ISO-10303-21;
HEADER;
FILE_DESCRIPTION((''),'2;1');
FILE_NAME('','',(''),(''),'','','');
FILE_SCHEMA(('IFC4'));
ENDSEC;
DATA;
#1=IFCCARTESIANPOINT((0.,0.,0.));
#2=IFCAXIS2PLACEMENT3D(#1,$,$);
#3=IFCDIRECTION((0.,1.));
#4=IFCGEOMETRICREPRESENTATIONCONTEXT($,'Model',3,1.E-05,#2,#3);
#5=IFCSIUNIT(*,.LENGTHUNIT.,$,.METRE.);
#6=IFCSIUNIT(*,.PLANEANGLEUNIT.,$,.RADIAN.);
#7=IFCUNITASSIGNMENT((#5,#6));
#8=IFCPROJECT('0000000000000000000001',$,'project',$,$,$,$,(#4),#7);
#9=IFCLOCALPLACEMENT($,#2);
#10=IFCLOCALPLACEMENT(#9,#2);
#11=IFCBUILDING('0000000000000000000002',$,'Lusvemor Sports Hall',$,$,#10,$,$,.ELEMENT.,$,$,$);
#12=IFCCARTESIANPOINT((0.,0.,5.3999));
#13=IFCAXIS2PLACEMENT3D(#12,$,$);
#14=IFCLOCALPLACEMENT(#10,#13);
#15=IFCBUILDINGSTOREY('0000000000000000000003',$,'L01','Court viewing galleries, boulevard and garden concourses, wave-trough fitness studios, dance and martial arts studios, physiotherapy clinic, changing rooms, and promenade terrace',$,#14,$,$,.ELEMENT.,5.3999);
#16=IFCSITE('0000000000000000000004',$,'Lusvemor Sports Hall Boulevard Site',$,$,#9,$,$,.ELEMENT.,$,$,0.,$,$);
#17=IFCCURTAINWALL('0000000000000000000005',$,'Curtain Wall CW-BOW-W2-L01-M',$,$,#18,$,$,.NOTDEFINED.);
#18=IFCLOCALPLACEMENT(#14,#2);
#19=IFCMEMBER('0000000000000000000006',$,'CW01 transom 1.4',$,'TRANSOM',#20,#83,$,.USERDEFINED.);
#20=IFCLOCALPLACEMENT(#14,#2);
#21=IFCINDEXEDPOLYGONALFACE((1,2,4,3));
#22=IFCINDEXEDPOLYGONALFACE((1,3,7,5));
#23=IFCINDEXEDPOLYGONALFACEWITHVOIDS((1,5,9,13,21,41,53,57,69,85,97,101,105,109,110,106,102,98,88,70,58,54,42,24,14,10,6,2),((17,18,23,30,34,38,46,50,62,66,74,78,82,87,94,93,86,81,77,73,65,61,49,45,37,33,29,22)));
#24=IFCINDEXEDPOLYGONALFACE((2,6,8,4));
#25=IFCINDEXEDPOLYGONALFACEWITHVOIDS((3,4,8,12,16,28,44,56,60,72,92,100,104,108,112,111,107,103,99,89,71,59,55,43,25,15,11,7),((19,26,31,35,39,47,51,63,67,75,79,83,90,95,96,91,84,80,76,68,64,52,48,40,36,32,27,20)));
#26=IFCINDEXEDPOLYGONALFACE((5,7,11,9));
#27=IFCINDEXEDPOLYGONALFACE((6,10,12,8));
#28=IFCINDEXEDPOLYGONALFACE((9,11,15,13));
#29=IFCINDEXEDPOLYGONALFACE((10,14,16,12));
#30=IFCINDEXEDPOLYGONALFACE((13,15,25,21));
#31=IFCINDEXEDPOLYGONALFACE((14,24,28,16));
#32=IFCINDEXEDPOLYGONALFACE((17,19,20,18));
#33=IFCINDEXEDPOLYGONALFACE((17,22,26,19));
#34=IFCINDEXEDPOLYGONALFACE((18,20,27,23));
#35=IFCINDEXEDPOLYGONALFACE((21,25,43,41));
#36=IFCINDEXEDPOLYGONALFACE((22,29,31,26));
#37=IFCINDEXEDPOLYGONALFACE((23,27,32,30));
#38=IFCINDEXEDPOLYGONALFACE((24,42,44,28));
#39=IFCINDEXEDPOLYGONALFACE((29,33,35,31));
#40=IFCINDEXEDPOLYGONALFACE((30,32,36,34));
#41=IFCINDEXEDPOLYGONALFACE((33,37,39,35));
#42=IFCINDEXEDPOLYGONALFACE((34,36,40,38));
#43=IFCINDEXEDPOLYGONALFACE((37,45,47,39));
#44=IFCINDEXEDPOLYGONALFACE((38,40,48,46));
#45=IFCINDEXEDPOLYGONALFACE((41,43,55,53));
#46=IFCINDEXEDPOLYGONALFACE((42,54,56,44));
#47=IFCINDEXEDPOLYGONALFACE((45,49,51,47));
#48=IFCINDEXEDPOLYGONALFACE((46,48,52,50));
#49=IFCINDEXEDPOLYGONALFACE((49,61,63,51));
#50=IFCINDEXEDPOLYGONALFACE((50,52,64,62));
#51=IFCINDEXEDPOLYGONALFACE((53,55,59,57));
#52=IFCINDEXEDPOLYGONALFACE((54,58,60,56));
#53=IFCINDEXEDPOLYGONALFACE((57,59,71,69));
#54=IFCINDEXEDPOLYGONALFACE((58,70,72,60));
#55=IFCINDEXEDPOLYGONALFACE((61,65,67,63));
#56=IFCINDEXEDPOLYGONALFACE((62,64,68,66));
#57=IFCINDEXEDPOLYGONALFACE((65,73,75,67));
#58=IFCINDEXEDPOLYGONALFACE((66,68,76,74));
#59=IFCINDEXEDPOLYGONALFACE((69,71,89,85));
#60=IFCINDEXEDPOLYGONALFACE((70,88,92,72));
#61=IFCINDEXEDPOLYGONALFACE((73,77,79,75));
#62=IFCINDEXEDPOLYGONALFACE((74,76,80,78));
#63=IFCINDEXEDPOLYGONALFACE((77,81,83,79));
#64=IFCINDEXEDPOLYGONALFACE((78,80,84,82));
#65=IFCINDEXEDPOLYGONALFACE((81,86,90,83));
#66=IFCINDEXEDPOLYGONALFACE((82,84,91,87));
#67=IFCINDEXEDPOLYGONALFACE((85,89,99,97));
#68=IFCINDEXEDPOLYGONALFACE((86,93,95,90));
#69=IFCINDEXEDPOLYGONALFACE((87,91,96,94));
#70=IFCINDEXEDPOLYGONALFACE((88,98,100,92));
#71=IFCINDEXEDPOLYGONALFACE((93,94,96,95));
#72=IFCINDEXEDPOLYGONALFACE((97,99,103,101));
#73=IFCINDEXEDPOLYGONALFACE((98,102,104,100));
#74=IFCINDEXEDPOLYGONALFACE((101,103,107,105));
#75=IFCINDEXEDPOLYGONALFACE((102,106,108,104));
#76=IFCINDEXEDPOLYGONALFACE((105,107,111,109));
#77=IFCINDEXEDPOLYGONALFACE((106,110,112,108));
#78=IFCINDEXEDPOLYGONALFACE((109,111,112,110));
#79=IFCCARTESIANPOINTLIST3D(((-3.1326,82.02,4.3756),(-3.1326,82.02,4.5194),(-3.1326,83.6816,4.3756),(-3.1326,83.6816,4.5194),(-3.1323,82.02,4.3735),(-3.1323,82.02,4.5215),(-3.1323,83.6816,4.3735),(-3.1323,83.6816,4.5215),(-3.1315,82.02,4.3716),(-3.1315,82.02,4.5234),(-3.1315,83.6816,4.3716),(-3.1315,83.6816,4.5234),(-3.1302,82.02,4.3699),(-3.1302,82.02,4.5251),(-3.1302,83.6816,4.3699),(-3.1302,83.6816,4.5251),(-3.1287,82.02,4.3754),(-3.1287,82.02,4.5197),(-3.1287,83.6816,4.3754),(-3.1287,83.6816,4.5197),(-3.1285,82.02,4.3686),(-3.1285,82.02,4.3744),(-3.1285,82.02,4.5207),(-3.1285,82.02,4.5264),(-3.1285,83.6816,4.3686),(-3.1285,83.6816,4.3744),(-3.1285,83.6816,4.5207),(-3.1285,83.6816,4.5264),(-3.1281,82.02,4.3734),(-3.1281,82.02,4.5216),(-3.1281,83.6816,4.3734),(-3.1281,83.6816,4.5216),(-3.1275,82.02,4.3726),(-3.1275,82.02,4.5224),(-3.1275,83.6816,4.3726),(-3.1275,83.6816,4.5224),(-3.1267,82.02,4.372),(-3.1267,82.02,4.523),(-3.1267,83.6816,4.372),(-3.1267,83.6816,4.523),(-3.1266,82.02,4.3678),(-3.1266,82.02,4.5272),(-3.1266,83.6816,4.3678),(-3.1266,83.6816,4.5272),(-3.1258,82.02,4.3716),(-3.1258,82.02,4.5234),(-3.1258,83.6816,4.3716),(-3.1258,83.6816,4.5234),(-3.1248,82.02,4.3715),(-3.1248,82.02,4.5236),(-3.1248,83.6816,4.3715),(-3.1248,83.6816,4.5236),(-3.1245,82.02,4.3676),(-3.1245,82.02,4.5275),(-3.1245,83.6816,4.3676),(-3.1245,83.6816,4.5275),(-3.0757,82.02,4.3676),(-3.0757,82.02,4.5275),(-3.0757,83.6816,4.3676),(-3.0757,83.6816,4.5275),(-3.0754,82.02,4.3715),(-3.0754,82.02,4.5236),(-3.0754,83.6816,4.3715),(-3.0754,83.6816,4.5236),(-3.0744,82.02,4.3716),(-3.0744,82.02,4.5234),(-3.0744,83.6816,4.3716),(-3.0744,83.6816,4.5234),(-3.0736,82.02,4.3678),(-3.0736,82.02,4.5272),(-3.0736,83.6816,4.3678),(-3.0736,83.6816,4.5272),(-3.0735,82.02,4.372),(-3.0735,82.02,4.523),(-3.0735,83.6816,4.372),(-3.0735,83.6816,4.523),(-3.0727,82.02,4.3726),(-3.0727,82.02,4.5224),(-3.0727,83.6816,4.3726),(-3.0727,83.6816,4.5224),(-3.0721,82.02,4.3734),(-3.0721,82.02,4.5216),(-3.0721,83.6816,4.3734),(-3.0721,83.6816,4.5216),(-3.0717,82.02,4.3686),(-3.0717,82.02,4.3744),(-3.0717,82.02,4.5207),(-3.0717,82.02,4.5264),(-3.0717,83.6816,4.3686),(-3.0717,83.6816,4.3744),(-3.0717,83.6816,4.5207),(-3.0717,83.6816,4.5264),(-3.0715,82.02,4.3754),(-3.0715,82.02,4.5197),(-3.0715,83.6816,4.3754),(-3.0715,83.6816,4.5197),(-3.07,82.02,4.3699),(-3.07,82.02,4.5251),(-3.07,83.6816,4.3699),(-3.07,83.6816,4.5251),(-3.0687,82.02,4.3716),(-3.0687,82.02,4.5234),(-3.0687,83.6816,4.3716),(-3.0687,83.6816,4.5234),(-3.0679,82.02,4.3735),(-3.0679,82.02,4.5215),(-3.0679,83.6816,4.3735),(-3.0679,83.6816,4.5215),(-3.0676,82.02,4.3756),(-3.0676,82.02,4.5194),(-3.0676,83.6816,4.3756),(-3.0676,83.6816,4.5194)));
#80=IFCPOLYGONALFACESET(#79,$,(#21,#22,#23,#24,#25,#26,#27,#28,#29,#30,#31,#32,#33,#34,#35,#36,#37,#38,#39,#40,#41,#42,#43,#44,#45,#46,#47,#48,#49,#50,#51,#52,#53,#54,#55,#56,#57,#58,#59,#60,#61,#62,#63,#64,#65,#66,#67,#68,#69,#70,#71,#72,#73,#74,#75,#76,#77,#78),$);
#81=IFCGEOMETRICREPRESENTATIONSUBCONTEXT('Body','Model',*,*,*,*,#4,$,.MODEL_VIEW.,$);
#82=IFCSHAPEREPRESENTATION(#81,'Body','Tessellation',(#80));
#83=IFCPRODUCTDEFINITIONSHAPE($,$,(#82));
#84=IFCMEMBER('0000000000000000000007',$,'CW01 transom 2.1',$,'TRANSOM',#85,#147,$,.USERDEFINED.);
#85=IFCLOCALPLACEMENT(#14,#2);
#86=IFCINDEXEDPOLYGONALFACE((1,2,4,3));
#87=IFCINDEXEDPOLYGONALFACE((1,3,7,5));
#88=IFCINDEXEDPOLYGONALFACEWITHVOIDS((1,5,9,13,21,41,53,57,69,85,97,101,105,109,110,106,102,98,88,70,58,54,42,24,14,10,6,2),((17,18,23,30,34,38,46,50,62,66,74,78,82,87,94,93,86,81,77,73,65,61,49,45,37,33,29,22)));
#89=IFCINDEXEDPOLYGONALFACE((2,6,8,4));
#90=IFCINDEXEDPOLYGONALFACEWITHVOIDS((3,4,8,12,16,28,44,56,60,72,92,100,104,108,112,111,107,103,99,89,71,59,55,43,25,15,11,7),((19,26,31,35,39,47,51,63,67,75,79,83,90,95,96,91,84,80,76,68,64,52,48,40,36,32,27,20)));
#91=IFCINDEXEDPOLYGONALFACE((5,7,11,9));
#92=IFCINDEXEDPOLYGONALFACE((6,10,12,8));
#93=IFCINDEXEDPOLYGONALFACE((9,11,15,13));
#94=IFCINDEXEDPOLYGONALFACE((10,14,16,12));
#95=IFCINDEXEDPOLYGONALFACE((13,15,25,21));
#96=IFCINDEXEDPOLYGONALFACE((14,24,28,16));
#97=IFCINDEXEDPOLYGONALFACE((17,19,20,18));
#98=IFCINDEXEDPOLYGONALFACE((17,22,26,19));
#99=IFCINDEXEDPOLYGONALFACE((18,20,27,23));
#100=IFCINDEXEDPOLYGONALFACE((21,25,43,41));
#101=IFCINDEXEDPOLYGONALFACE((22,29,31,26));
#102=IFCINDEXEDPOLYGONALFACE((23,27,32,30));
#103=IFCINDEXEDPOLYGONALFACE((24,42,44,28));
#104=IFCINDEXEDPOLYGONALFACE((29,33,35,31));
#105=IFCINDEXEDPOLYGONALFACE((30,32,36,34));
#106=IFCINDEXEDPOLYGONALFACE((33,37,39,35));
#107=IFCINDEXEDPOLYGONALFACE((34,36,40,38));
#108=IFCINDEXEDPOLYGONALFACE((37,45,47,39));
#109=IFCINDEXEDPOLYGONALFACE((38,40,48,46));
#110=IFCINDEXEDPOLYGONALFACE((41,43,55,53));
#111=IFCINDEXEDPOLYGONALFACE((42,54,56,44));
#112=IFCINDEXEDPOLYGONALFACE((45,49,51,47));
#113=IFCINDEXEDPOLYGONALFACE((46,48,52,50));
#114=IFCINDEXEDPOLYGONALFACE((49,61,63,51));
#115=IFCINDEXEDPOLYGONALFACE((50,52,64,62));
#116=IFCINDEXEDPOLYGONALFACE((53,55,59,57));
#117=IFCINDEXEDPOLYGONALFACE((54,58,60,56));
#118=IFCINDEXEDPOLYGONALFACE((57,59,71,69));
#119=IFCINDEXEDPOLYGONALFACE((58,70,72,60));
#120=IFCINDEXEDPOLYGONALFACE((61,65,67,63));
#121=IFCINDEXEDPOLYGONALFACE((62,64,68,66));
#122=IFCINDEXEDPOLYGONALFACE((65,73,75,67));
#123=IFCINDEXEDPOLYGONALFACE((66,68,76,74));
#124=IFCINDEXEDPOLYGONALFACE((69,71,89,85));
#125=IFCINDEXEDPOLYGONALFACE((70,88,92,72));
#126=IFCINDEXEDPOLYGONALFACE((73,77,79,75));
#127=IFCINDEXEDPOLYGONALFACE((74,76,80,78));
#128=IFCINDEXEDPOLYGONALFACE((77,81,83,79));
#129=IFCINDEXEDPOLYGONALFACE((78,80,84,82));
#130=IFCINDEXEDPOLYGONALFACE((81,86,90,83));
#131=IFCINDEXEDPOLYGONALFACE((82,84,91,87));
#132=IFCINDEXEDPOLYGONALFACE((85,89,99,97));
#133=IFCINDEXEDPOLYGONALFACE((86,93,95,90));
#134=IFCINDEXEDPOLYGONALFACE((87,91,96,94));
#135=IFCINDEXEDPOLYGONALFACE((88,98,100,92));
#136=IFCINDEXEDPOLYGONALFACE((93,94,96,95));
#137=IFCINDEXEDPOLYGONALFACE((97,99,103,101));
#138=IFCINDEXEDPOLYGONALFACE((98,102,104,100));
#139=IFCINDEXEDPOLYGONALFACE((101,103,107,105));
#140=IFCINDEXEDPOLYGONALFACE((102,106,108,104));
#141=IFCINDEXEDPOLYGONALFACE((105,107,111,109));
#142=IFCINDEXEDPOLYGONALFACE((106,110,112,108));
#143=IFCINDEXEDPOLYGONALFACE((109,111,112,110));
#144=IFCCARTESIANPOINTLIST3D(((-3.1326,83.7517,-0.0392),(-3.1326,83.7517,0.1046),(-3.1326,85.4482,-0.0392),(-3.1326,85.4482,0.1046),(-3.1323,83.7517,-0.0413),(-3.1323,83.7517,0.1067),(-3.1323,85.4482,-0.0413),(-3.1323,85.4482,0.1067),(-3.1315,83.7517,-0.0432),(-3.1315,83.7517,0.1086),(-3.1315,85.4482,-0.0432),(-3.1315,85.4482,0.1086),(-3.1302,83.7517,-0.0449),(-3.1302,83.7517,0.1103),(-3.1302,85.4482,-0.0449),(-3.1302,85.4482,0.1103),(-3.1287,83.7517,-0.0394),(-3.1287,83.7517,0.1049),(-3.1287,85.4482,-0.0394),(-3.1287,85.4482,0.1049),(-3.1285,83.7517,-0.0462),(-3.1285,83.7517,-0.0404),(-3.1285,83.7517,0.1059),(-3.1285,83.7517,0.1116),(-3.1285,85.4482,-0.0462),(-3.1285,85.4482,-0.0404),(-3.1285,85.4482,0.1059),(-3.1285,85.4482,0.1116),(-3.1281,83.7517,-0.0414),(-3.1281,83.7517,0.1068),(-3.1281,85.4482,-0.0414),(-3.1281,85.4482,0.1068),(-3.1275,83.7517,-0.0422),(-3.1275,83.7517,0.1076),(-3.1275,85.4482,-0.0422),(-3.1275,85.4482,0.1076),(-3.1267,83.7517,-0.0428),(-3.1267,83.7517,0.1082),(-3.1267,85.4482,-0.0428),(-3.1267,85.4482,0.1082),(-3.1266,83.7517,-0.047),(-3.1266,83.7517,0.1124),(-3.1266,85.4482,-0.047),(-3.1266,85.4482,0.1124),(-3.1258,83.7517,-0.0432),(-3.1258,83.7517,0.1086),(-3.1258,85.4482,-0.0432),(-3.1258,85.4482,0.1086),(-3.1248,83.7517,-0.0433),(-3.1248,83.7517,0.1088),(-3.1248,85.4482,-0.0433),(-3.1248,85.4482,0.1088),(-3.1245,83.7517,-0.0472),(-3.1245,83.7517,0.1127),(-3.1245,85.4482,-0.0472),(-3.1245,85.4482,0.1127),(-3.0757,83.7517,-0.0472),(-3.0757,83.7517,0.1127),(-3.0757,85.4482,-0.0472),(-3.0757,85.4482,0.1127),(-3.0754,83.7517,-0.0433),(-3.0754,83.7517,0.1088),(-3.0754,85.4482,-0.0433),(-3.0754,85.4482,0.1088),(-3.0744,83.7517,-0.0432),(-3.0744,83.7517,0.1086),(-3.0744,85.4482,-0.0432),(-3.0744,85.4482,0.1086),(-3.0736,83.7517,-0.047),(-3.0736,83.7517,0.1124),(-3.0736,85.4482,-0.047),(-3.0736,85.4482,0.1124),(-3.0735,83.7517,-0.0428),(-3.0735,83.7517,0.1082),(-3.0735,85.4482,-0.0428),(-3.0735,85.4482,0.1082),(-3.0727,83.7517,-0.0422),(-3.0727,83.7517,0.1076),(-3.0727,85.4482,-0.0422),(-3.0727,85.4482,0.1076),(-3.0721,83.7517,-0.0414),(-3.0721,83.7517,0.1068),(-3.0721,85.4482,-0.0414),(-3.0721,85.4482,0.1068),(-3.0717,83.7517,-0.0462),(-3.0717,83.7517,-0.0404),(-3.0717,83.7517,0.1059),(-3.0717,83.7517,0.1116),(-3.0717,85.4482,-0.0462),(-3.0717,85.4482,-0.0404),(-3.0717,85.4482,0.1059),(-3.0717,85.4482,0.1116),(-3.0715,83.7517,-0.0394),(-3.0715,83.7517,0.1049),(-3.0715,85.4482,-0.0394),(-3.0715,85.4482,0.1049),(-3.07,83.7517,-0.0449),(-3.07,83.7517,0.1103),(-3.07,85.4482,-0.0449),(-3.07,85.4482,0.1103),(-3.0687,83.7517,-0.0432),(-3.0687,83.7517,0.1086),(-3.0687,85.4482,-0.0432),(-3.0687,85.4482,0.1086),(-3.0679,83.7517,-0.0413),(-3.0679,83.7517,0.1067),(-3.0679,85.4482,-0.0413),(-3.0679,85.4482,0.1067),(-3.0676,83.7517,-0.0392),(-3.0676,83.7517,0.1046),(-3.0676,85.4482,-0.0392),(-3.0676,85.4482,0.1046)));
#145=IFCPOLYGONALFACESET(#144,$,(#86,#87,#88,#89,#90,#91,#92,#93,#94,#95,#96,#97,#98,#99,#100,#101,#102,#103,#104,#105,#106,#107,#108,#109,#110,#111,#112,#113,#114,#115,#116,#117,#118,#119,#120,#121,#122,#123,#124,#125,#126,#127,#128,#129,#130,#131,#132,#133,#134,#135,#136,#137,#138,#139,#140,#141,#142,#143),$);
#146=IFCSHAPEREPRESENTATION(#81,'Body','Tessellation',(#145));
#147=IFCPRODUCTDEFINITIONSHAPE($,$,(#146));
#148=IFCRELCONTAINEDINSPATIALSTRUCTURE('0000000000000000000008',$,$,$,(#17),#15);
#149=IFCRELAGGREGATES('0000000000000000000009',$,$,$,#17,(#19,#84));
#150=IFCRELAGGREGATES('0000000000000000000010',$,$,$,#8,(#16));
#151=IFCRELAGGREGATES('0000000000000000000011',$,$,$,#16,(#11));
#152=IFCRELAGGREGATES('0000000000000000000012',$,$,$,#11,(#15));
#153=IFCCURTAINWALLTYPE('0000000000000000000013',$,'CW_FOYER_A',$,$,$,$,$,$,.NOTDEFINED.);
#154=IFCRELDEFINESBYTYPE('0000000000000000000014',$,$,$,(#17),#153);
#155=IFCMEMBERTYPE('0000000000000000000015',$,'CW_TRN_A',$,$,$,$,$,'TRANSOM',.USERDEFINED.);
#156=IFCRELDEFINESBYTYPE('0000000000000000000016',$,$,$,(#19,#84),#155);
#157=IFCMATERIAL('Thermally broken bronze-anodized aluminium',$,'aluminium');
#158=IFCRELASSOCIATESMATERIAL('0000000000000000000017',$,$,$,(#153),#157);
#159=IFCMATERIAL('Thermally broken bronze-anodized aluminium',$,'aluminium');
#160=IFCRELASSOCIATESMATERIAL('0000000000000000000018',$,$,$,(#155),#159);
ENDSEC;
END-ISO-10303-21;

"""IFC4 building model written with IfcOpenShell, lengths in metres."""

from ifc_helpers import new_model, si_unit, direction, frame, origin, origin_2d, place, context, subcontext, project, spatial, hollow_rectangle, extrude, material, material_profile, profile_set, type_object, element, aggregate, save


model = new_model("IFC4")

# Units and contexts
model_context = context("Model", 3, precision=1e-05, world=origin(), true_north=direction((0.0, 1.0)))
body_context = subcontext(model_context, "Body", "Model", "MODEL_VIEW")
ifc_project = project(units=[si_unit("LENGTHUNIT", "METRE"), si_unit("PLANEANGLEUNIT", "RADIAN")], contexts=[model_context])

# Site, building, storey
site_placement = place(None, origin())
site = spatial("IfcSite", under=ifc_project, at=site_placement, Name="Lusvemor Sports Hall Boulevard Site", CompositionType="ELEMENT", RefElevation=0.0)
building_placement = place(site_placement, origin())
building = spatial("IfcBuilding", under=site, at=building_placement, Name="Lusvemor Sports Hall", CompositionType="ELEMENT")
storey_placement = place(building_placement, frame((0.0, 0.0, 5.3999)))
storey = spatial("IfcBuildingStorey", under=building, at=storey_placement, Name="L01", Description="Court viewing galleries, boulevard and garden concourses, wave-trough fitness studios, dance and martial arts studios, physiotherapy clinic, changing rooms, and promenade terrace", CompositionType="ELEMENT", Elevation=5.3999)

# Curtain wall
ifc_material_1 = material(Name="Thermally broken bronze-anodized aluminium", Category="aluminium")
curtain_wall_type_1 = type_object("IfcCurtainWallType", Name="CW_FOYER_A", PredefinedType="NOTDEFINED", material=ifc_material_1)
curtain_wall_1_placement = place(storey_placement, origin())
curtain_wall_1 = element("IfcCurtainWall", 1, at=curtain_wall_1_placement, inside=storey, type_object=curtain_wall_type_1, Name="Curtain Wall CW-BOW-W2-L01-M", PredefinedType="NOTDEFINED")

# Members
ifc_material_2 = material(Name="Thermally broken bronze-anodized aluminium", Category="aluminium")
ifc_material_profile_1 = material_profile(ifc_material_2, hollow_rectangle(XDim=0.0649, YDim=0.1599, WallThickness=0.0039, InnerFilletRadius=0.0039, OuterFilletRadius=0.0081, at=origin_2d()), Name="CWTRN160x65x4")
ifc_profile_set_1 = profile_set([ifc_material_profile_1], Name="Thermally broken bronze-anodized aluminium")
member_type_1 = type_object("IfcMemberType", Name="CW_TRN_A", ElementType="TRANSOM", PredefinedType="USERDEFINED", material=ifc_profile_set_1)
member_1_placement = place(storey_placement, frame((-3.1001, 82.02, 4.4475), z_axis=(0.0, 1.0, 0.0), x_axis=(-1.0, 0.0, 0.0)))
member_1 = element("IfcMember", 2, at=member_1_placement, type_object=member_type_1, Name="CW01 transom 1.4", ObjectType="TRANSOM", PredefinedType="USERDEFINED", context=body_context, shape_type="SweptSolid", body=[
    extrude(hollow_rectangle(XDim=0.0649, YDim=0.1599, WallThickness=0.0039, InnerFilletRadius=0.0039, OuterFilletRadius=0.0081, at=origin_2d()), origin(), (0.0, 0.0, 1.0), 1.6616),
])
member_2_placement = place(storey_placement, frame((-3.1001, 83.7517, 0.0327), z_axis=(0.0, 1.0, 0.0), x_axis=(-1.0, 0.0, 0.0)))
member_2 = element("IfcMember", 3, at=member_2_placement, type_object=member_type_1, Name="CW01 transom 2.1", ObjectType="TRANSOM", PredefinedType="USERDEFINED", context=body_context, shape_type="SweptSolid", body=[
    extrude(hollow_rectangle(XDim=0.0649, YDim=0.1599, WallThickness=0.0039, InnerFilletRadius=0.0039, OuterFilletRadius=0.0081, at=origin_2d()), origin(), (0.0, 0.0, 1.0), 1.6965),
])

aggregate(curtain_wall_1, [member_1, member_2])

save(model, "model.ifc")
